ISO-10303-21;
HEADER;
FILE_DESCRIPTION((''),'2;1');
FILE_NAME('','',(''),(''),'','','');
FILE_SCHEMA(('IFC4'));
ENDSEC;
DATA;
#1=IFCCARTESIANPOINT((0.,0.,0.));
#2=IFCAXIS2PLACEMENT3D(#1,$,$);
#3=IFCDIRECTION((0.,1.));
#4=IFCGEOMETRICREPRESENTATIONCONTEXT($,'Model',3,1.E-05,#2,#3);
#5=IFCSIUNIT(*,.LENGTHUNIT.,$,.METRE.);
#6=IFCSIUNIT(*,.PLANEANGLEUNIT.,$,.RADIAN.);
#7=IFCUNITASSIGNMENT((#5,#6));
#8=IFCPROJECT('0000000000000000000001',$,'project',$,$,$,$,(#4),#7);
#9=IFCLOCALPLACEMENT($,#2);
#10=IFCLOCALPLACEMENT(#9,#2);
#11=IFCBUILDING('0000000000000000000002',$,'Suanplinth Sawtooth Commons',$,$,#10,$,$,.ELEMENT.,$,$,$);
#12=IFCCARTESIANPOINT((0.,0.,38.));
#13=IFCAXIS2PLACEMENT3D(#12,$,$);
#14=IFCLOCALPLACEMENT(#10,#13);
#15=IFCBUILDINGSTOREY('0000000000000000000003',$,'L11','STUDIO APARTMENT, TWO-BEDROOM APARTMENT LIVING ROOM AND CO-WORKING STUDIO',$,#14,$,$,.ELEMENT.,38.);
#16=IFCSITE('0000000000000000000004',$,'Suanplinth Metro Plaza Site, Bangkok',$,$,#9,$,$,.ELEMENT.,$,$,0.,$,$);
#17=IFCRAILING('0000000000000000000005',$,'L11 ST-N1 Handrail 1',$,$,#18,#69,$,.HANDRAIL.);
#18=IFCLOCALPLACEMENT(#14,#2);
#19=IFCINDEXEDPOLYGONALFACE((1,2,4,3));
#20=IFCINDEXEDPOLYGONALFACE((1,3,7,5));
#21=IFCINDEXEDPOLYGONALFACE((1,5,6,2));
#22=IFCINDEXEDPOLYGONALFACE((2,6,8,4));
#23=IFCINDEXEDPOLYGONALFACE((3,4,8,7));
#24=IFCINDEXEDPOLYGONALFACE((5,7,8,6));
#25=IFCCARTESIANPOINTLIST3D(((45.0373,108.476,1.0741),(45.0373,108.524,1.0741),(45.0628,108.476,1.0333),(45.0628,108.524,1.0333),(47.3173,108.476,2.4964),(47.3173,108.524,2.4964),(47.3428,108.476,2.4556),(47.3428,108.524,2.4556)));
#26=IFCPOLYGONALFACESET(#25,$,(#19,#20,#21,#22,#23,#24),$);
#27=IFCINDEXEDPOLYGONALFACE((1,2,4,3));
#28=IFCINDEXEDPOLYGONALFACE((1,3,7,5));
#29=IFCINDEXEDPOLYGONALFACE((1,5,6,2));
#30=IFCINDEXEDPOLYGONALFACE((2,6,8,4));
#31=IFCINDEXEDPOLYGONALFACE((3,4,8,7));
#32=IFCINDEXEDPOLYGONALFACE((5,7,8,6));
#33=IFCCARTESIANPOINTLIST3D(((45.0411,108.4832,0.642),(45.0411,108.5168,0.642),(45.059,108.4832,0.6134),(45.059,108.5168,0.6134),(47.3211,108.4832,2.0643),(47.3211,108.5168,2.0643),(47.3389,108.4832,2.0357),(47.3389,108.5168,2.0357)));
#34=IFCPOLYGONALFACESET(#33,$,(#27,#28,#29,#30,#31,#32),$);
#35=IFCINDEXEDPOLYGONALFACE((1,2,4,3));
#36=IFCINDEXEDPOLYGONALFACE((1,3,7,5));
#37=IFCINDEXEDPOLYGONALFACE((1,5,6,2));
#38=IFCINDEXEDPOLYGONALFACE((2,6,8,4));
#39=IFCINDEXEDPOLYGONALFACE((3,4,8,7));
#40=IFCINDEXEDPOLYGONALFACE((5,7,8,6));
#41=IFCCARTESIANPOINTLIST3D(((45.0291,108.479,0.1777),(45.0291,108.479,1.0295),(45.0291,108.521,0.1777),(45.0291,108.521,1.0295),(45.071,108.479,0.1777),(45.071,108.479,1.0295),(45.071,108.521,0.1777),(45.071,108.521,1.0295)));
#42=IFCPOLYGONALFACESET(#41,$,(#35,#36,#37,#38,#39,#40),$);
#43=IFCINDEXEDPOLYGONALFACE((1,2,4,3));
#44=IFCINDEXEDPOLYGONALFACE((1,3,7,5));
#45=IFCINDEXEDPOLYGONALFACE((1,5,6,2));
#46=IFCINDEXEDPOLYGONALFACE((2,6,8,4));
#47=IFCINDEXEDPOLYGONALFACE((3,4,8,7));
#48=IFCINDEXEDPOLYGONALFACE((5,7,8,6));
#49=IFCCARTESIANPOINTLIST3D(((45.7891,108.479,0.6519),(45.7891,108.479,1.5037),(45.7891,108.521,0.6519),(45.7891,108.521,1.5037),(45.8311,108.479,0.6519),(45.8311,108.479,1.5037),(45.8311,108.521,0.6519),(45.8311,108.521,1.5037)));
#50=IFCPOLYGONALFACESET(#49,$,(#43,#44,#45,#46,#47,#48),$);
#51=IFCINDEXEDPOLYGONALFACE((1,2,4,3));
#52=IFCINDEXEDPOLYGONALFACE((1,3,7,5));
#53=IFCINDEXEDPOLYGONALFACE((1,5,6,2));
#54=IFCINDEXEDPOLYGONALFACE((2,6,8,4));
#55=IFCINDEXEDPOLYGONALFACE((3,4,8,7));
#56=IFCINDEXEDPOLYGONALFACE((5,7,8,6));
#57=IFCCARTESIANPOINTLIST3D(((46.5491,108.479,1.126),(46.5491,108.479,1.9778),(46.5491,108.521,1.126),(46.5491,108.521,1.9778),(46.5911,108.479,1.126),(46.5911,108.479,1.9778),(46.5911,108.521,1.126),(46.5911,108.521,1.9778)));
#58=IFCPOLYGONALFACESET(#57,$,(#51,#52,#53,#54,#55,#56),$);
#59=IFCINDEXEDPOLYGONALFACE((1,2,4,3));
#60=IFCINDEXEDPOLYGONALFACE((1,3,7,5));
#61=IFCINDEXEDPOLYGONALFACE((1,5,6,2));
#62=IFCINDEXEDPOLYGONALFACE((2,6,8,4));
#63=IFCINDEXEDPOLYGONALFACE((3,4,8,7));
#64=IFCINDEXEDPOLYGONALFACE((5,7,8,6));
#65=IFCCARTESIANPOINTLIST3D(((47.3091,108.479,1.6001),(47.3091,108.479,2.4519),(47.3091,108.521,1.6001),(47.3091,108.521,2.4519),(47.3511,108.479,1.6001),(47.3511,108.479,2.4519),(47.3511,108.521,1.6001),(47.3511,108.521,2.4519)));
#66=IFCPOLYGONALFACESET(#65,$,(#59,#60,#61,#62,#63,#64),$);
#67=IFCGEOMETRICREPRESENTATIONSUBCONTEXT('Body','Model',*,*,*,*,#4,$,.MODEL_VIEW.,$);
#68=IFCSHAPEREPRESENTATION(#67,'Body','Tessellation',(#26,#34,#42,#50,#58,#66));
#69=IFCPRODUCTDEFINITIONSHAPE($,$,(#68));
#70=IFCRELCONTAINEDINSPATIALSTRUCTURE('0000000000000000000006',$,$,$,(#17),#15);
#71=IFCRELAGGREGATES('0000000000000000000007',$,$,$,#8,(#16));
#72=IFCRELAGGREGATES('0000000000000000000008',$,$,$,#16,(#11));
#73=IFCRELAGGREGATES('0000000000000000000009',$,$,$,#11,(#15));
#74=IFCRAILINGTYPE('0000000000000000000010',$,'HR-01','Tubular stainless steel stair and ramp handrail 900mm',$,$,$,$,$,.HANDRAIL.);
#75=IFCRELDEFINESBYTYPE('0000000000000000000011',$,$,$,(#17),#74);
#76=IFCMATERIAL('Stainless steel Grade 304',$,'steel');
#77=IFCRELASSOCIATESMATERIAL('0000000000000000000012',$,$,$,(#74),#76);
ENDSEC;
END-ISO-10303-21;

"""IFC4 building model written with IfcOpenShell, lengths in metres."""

from ifc_helpers import new_model, si_unit, direction, frame, origin, origin_2d, place, context, subcontext, project, spatial, rectangle, extrude, material, type_object, element, save


model = new_model("IFC4")

# Units and contexts
model_context = context("Model", 3, precision=1e-05, world=origin(), true_north=direction((0.0, 1.0)))
body_context = subcontext(model_context, "Body", "Model", "MODEL_VIEW")
ifc_project = project(units=[si_unit("LENGTHUNIT", "METRE"), si_unit("PLANEANGLEUNIT", "RADIAN")], contexts=[model_context])

# Site, building, storey
site_placement = place(None, origin())
site = spatial("IfcSite", under=ifc_project, at=site_placement, Name="Suanplinth Metro Plaza Site, Bangkok", CompositionType="ELEMENT", RefElevation=0.0)
building_placement = place(site_placement, origin())
building = spatial("IfcBuilding", under=site, at=building_placement, Name="Suanplinth Sawtooth Commons", CompositionType="ELEMENT")
storey_placement = place(building_placement, frame((0.0, 0.0, 38.0)))
storey = spatial("IfcBuildingStorey", under=building, at=storey_placement, Name="L11", Description="STUDIO APARTMENT, TWO-BEDROOM APARTMENT LIVING ROOM AND CO-WORKING STUDIO", CompositionType="ELEMENT", Elevation=38.0)

# Railing
ifc_material_1 = material(Name="Stainless steel Grade 304", Category="steel")
railing_type_1 = type_object("IfcRailingType", Name="HR-01", Description="Tubular stainless steel stair and ramp handrail 900mm", PredefinedType="HANDRAIL", material=ifc_material_1)
railing_1_placement = place(storey_placement, frame((45.05, 108.5, 0.1777)))
element("IfcRailing", 1, at=railing_1_placement, inside=storey, type_object=railing_type_1, Name="L11 ST-N1 Handrail 1", PredefinedType="HANDRAIL", context=body_context, shape_type="SweptSolid", body=[
    extrude(rectangle(XDim=0.0481, YDim=0.0481, at=origin_2d()), frame((0.0, 0.0, 0.876), z_axis=(0.848442, 0.0, 0.529288), x_axis=(0.0, 1.0, 0.0)), (0.0, 0.0, 1.0), 2.6873),
    extrude(rectangle(XDim=0.0337, YDim=0.0337, at=origin_2d()), frame((0.0, 0.0, 0.45), z_axis=(0.848442, 0.0, 0.529288), x_axis=(0.0, 1.0, 0.0)), (0.0, 0.0, 1.0), 2.6873),
    extrude(rectangle(XDim=0.042, YDim=0.042, at=origin_2d()), origin(), (0.0, 0.0, 1.0), 0.8518),
    extrude(rectangle(XDim=0.042, YDim=0.042, at=origin_2d()), frame((0.76, 0.0, 0.4741)), (0.0, 0.0, 1.0), 0.8518),
    extrude(rectangle(XDim=0.042, YDim=0.042, at=origin_2d()), frame((1.52, 0.0, 0.9482)), (0.0, 0.0, 1.0), 0.8518),
    extrude(rectangle(XDim=0.042, YDim=0.042, at=origin_2d()), frame((2.28, 0.0, 1.4224)), (0.0, 0.0, 1.0), 0.8518),
])

save(model, "model.ifc")
